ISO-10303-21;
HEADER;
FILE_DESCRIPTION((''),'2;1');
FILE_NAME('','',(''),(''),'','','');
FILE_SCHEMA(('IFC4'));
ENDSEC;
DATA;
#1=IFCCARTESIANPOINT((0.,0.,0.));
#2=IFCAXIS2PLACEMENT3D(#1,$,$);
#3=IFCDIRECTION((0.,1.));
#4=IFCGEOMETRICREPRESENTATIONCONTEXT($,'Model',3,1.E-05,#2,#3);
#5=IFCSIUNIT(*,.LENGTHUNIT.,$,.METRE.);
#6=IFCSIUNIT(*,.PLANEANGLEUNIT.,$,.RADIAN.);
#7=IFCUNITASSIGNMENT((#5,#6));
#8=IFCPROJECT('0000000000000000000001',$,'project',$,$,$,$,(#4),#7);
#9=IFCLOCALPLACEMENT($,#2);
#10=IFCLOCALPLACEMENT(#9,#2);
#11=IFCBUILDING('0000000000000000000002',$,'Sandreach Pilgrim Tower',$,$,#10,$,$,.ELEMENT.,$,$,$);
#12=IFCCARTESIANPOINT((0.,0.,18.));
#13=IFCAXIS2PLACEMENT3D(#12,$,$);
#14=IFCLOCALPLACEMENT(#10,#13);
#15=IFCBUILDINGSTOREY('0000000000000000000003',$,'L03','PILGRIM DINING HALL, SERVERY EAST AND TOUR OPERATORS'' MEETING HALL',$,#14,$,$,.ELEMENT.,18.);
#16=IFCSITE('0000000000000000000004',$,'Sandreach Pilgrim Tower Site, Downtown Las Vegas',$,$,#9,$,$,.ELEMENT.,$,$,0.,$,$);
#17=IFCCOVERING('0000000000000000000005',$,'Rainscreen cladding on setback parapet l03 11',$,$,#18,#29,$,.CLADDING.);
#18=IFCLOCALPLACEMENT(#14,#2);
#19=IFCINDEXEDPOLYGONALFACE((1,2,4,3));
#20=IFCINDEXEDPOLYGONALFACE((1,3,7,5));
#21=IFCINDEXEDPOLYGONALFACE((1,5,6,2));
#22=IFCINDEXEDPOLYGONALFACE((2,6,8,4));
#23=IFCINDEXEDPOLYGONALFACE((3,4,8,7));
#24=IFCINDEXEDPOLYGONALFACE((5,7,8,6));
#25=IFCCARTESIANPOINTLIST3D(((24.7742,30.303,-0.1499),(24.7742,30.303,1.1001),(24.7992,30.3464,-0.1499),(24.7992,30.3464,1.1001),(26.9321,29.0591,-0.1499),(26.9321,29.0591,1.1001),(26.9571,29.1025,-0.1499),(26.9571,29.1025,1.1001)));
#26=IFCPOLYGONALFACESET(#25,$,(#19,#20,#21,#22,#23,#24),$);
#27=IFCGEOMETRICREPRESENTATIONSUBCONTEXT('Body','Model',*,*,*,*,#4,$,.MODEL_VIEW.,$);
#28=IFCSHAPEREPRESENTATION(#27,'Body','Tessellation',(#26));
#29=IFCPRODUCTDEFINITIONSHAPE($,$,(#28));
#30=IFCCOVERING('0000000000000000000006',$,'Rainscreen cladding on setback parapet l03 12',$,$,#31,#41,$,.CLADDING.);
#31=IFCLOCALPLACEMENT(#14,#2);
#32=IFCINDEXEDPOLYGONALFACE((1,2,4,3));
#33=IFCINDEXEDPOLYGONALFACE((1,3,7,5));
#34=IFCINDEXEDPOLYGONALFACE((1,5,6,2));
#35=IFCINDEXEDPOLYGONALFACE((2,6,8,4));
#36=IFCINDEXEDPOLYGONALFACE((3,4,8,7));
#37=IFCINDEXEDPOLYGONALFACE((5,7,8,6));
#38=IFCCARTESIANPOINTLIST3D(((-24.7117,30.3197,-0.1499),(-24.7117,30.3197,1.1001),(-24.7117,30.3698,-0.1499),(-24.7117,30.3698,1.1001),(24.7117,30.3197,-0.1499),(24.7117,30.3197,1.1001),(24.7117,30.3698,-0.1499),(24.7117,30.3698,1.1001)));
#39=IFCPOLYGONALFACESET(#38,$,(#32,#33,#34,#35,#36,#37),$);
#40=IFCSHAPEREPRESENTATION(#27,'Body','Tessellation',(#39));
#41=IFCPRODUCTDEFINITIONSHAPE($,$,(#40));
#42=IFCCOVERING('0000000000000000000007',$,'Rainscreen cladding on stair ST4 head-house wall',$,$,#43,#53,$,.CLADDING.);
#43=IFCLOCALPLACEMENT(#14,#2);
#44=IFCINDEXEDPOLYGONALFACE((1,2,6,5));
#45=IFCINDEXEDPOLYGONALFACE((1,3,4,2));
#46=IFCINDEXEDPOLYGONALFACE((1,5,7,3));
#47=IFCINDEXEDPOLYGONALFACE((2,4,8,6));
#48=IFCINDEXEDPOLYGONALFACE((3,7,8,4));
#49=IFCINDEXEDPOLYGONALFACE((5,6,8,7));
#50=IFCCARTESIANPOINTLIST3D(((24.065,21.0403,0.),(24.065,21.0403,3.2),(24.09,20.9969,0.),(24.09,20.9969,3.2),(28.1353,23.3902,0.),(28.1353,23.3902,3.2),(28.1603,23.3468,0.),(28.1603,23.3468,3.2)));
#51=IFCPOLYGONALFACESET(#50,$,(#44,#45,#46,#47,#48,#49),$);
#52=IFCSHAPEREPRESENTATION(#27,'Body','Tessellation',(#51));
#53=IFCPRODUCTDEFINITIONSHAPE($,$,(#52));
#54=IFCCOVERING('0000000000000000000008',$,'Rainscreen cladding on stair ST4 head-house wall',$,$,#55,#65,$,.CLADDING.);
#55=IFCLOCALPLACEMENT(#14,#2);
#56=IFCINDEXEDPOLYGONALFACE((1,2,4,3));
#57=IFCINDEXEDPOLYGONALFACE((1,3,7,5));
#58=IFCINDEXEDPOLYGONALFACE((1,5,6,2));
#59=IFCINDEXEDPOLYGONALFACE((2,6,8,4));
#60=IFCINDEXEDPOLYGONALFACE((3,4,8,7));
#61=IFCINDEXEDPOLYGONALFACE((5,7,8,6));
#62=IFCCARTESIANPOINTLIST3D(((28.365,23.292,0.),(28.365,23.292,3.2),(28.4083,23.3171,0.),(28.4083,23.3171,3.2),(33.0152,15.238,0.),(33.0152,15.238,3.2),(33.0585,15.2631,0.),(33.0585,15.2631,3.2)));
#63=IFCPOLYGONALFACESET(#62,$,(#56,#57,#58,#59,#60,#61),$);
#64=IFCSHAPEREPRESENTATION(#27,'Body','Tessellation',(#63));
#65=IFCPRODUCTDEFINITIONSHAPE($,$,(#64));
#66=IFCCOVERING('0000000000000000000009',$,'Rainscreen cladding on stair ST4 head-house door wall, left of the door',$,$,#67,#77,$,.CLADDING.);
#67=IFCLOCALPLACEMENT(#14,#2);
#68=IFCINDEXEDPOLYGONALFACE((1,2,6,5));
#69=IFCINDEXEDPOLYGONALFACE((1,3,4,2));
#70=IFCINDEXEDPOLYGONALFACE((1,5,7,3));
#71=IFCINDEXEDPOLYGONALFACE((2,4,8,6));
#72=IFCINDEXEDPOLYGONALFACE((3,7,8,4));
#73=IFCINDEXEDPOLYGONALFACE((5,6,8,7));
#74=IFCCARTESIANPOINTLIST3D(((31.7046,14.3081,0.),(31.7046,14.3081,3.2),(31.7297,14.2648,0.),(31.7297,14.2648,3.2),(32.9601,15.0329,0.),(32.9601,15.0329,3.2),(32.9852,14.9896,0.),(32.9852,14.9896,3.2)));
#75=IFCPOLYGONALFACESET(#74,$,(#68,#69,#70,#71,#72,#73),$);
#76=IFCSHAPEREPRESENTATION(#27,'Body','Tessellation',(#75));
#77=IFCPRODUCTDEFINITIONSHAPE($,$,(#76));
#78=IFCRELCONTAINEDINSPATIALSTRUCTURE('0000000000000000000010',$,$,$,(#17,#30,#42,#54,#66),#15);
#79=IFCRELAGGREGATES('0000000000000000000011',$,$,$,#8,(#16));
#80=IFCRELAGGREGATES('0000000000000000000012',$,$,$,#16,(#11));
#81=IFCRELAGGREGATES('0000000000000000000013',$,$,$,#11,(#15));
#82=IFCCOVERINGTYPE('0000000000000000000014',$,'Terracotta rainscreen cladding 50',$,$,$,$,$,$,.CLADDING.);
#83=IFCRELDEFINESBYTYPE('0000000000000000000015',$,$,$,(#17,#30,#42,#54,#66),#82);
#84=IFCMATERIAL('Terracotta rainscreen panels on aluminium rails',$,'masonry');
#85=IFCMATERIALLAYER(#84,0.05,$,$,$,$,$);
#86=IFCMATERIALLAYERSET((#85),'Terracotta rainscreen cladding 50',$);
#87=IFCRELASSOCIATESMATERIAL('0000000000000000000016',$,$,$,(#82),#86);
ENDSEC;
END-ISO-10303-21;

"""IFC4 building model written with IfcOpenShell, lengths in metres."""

from ifc_helpers import new_model, si_unit, direction, frame, frame_2d, origin, place, context, subcontext, project, spatial, rectangle, extrude, material, layer, layer_set, type_object, element, save


model = new_model("IFC4")

# Units and contexts
model_context = context("Model", 3, precision=1e-05, world=origin(), true_north=direction((0.0, 1.0)))
body_context = subcontext(model_context, "Body", "Model", "MODEL_VIEW")
ifc_project = project(units=[si_unit("LENGTHUNIT", "METRE"), si_unit("PLANEANGLEUNIT", "RADIAN")], contexts=[model_context])

# Site, building, storey
site_placement = place(None, origin())
site = spatial("IfcSite", under=ifc_project, at=site_placement, Name="Sandreach Pilgrim Tower Site, Downtown Las Vegas", CompositionType="ELEMENT", RefElevation=0.0)
building_placement = place(site_placement, origin())
building = spatial("IfcBuilding", under=site, at=building_placement, Name="Sandreach Pilgrim Tower", CompositionType="ELEMENT")
storey_placement = place(building_placement, frame((0.0, 0.0, 18.0)))
storey = spatial("IfcBuildingStorey", under=building, at=storey_placement, Name="L03", Description="PILGRIM DINING HALL, SERVERY EAST AND TOUR OPERATORS' MEETING HALL", CompositionType="ELEMENT", Elevation=18.0)

# Coverings
ifc_material_1 = material(Name="Terracotta rainscreen panels on aluminium rails", Category="masonry")
ifc_layer_1 = layer(ifc_material_1, 0.05)
ifc_layer_set_1 = layer_set([ifc_layer_1], Name="Terracotta rainscreen cladding 50")
covering_type = type_object("IfcCoveringType", Name="Terracotta rainscreen cladding 50", PredefinedType="CLADDING", material=ifc_layer_set_1)
covering_1_placement = place(storey_placement, frame((26.9446, 29.0808, -0.1499), z_axis=(0.0, 0.0, 1.0), x_axis=(-0.866373, 0.499397, 0.0)))
element("IfcCovering", 1, at=covering_1_placement, inside=storey, type_object=covering_type, Name="Rainscreen cladding on setback parapet l03 11", PredefinedType="CLADDING", context=body_context, shape_type="SweptSolid", body=[
    extrude(rectangle(XDim=2.4907, YDim=0.05, at=frame_2d((1.2454, 0.0))), origin(), (0.0, 0.0, 1.0), 1.25),
])
covering_2_placement = place(storey_placement, frame((24.7117, 30.3447, -0.1499), z_axis=(0.0, 0.0, 1.0), x_axis=(-1.0, 0.0, 0.0)))
element("IfcCovering", 2, at=covering_2_placement, inside=storey, type_object=covering_type, Name="Rainscreen cladding on setback parapet l03 12", PredefinedType="CLADDING", context=body_context, shape_type="SweptSolid", body=[
    extrude(rectangle(XDim=49.4233, YDim=0.05, at=frame_2d((24.7117, 0.0))), origin(), (0.0, 0.0, 1.0), 1.25),
])
covering_3_placement = place(storey_placement, frame((24.0774, 21.0186, 0.0), z_axis=(0.0, 0.0, 1.0), x_axis=(0.866039, 0.499977, 0.0)))
element("IfcCovering", 3, at=covering_3_placement, inside=storey, type_object=covering_type, Name="Rainscreen cladding on stair ST4 head-house wall", PredefinedType="CLADDING", context=body_context, shape_type="SweptSolid", body=[
    extrude(rectangle(XDim=4.7, YDim=0.05, at=frame_2d((2.3501, 0.0))), origin(), (0.0, 0.0, 1.0), 3.2),
])
covering_4_placement = place(storey_placement, frame((28.3867, 23.3044, 0.0), z_axis=(0.0, 0.0, 1.0), x_axis=(0.500016, -0.866016, 0.0)))
element("IfcCovering", 4, at=covering_4_placement, inside=storey, type_object=covering_type, Name="Rainscreen cladding on stair ST4 head-house wall", PredefinedType="CLADDING", context=body_context, shape_type="SweptSolid", body=[
    extrude(rectangle(XDim=9.3, YDim=0.05, at=frame_2d((4.6499, 0.0))), origin(), (0.0, 0.0, 1.0), 3.2),
])
covering_5_placement = place(storey_placement, frame((32.9727, 15.0112, 0.0), z_axis=(0.0, 0.0, 1.0), x_axis=(-0.866048, -0.499961, 0.0)))
element("IfcCovering", 5, at=covering_5_placement, inside=storey, type_object=covering_type, Name="Rainscreen cladding on stair ST4 head-house door wall, left of the door", PredefinedType="CLADDING", context=body_context, shape_type="SweptSolid", body=[
    extrude(rectangle(XDim=1.4497, YDim=0.05, at=frame_2d((0.7249, 0.0))), origin(), (0.0, 0.0, 1.0), 3.2),
])

save(model, "model.ifc")
